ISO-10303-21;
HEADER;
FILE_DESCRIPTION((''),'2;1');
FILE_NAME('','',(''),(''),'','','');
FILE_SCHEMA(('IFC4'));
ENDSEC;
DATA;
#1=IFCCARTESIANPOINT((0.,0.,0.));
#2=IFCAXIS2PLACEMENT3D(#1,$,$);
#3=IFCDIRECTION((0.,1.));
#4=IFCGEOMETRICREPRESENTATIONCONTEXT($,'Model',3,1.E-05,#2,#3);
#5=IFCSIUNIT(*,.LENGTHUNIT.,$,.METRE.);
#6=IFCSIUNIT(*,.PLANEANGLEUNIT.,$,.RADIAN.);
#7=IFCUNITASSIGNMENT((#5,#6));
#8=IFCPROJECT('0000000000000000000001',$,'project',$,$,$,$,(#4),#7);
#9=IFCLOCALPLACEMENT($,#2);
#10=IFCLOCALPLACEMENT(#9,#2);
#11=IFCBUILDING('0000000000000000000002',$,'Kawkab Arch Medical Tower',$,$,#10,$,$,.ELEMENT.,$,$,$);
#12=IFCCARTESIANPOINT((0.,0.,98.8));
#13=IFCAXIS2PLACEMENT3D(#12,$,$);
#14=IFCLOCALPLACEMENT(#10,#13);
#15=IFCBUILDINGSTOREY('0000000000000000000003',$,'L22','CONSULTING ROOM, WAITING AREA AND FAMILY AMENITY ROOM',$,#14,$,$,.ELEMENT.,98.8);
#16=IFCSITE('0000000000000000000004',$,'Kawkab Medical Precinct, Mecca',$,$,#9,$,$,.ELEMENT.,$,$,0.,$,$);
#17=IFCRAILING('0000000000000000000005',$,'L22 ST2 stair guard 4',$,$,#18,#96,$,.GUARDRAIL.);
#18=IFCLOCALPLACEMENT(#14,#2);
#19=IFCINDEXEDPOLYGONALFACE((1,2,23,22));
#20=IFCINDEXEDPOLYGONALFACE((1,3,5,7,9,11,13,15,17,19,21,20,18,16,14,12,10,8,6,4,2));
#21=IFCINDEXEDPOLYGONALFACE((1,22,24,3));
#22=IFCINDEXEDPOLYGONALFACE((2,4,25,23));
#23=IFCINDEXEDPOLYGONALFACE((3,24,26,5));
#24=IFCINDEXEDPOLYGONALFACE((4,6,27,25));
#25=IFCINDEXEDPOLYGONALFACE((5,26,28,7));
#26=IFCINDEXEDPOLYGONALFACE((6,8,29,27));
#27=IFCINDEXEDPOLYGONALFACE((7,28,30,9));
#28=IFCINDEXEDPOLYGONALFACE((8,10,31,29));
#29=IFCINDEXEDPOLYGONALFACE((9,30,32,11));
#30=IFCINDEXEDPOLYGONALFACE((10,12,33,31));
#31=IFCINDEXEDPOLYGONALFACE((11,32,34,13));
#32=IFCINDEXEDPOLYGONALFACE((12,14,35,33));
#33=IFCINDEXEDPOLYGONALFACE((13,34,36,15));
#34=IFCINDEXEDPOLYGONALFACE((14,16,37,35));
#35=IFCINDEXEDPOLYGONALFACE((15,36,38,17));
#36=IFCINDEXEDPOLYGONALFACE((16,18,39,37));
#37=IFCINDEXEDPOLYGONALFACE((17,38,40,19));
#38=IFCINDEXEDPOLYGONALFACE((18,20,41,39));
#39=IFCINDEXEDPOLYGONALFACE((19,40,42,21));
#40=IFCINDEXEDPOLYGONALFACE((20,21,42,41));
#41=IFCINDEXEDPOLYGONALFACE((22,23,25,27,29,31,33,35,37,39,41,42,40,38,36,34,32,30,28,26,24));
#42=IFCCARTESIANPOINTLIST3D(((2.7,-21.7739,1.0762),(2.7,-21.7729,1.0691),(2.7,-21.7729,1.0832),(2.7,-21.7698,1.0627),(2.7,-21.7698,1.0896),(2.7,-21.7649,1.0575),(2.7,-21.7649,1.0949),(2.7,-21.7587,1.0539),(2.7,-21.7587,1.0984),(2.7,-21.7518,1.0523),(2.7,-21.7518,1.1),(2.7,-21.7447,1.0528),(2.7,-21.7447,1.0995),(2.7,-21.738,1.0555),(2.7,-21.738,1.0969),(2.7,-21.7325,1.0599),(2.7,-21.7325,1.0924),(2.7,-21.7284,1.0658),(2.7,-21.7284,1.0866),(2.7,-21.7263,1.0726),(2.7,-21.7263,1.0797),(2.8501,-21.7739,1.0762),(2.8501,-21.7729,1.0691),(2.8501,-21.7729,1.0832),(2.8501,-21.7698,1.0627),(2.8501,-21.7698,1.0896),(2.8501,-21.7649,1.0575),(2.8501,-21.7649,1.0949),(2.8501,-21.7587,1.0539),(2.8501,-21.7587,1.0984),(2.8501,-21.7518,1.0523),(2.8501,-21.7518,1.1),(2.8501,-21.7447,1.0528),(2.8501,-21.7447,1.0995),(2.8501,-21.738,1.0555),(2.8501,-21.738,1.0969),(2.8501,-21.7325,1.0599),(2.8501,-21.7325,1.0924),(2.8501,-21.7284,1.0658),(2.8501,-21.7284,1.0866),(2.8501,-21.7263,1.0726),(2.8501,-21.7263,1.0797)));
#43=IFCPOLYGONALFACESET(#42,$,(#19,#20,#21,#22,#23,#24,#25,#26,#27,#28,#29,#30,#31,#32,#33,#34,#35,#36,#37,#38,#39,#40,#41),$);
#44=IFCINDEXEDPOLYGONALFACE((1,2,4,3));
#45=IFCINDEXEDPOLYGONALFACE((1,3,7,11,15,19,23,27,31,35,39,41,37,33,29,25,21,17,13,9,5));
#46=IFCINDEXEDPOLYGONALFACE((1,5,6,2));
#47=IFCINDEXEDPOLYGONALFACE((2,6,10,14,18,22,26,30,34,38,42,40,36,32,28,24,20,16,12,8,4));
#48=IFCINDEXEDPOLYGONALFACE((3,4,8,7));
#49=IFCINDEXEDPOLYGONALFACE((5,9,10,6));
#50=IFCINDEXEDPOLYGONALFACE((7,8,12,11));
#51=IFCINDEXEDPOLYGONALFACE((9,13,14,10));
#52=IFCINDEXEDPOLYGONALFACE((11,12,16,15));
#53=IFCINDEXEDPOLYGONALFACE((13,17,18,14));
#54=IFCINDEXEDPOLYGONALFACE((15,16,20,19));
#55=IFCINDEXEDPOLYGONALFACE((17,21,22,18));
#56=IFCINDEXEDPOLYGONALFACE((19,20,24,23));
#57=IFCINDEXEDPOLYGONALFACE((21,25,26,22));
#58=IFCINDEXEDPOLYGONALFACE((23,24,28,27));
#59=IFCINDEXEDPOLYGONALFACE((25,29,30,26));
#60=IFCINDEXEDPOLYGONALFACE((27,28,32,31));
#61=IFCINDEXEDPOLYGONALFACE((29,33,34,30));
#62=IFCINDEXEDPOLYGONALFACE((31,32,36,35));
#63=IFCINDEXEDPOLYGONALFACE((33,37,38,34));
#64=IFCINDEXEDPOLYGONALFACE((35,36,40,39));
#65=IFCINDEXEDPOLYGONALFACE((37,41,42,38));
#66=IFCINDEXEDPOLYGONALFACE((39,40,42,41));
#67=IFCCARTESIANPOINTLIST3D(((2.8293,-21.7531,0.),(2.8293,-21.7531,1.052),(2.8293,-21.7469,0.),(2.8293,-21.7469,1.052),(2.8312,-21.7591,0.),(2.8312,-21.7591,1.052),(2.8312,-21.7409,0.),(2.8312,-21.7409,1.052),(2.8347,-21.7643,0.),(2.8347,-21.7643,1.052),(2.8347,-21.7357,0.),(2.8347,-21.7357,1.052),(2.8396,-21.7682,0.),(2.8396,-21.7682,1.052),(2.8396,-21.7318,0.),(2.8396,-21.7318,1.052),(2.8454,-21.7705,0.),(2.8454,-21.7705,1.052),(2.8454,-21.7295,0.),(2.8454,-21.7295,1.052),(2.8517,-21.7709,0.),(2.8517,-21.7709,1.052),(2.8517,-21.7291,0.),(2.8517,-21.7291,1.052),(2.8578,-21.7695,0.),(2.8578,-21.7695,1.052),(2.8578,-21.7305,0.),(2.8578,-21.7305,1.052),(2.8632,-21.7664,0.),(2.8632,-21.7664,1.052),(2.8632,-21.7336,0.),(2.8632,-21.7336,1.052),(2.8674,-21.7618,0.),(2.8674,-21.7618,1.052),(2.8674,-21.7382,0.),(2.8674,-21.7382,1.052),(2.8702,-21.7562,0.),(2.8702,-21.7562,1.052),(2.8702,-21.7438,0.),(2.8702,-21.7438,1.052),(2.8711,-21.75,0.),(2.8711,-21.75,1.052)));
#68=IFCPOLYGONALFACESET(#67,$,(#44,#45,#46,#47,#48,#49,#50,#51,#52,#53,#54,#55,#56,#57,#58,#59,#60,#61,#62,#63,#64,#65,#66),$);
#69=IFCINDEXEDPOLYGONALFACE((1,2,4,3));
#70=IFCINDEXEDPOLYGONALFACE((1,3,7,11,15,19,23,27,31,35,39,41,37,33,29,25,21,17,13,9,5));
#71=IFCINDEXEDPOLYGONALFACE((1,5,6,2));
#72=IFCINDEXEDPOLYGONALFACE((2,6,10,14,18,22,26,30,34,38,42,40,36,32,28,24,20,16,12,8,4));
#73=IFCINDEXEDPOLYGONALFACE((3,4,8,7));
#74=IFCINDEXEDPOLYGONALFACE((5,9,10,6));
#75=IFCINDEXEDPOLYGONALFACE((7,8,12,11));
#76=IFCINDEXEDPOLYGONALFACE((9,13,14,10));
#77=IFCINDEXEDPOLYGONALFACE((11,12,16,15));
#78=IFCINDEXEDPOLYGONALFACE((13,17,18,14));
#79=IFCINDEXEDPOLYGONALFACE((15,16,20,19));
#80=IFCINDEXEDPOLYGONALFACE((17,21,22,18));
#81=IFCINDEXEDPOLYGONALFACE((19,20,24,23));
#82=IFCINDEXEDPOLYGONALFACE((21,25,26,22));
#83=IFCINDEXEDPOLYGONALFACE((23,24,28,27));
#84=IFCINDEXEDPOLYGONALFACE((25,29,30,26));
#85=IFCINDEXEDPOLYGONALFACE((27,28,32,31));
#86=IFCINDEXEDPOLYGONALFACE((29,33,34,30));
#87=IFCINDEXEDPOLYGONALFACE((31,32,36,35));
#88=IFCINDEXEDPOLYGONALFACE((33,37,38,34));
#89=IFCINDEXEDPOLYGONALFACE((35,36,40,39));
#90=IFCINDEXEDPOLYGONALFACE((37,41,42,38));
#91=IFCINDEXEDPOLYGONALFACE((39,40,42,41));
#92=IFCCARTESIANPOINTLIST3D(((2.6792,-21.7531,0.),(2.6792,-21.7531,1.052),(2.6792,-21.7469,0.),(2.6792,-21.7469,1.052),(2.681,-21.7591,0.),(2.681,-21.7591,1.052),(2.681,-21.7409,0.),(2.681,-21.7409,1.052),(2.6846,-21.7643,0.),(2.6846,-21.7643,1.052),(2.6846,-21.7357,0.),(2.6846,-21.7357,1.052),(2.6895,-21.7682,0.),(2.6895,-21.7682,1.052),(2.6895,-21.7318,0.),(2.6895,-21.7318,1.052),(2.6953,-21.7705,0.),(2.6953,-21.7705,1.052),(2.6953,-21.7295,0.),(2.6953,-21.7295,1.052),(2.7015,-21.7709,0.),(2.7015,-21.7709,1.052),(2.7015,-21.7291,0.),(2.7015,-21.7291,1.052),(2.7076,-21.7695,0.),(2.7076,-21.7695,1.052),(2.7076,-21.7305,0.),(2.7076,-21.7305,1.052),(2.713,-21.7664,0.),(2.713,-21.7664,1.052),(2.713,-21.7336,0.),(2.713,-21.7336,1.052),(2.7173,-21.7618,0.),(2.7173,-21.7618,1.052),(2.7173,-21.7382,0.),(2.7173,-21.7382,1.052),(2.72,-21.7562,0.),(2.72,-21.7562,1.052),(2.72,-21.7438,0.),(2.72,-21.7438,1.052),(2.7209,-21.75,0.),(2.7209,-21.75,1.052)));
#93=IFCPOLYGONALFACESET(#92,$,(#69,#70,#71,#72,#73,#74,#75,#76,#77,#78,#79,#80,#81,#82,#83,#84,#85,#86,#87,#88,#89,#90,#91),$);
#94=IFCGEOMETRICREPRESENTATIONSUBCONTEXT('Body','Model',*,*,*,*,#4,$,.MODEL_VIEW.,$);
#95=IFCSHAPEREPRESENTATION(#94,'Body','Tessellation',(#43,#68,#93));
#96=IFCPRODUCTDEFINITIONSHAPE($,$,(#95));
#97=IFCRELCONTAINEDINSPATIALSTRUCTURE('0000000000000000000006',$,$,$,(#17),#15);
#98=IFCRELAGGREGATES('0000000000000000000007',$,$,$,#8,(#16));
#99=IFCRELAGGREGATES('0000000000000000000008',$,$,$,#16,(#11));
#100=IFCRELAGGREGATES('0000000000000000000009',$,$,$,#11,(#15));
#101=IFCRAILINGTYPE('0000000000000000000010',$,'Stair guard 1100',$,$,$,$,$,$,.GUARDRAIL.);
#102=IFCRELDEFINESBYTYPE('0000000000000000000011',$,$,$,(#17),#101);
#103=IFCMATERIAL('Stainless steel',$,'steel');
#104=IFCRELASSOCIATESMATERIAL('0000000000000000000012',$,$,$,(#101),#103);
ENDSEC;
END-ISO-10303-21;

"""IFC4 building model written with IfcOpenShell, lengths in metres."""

from ifc_helpers import new_model, si_unit, direction, frame, origin, origin_2d, place, context, subcontext, project, spatial, circle, extrude, material, type_object, element, save


model = new_model("IFC4")

# Units and contexts
model_context = context("Model", 3, precision=1e-05, world=origin(), true_north=direction((0.0, 1.0)))
body_context = subcontext(model_context, "Body", "Model", "MODEL_VIEW")
ifc_project = project(units=[si_unit("LENGTHUNIT", "METRE"), si_unit("PLANEANGLEUNIT", "RADIAN")], contexts=[model_context])

# Site, building, storey
site_placement = place(None, origin())
site = spatial("IfcSite", under=ifc_project, at=site_placement, Name="Kawkab Medical Precinct, Mecca", CompositionType="ELEMENT", RefElevation=0.0)
building_placement = place(site_placement, origin())
building = spatial("IfcBuilding", under=site, at=building_placement, Name="Kawkab Arch Medical Tower", CompositionType="ELEMENT")
storey_placement = place(building_placement, frame((0.0, 0.0, 98.8)))
storey = spatial("IfcBuildingStorey", under=building, at=storey_placement, Name="L22", Description="CONSULTING ROOM, WAITING AREA AND FAMILY AMENITY ROOM", CompositionType="ELEMENT", Elevation=98.8)

# Railing
ifc_material_1 = material(Name="Stainless steel", Category="steel")
railing_type = type_object("IfcRailingType", Name="Stair guard 1100", PredefinedType="GUARDRAIL", material=ifc_material_1)
railing_1_placement = place(storey_placement, frame((2.8501, -21.75, 0.0)))
element("IfcRailing", 1, at=railing_1_placement, inside=storey, type_object=railing_type, Name="L22 ST2 stair guard 4", PredefinedType="GUARDRAIL", context=body_context, shape_type="SweptSolid", body=[
    extrude(circle(Radius=0.0239, at=origin_2d()), frame((0.0, 0.0, 1.0762), z_axis=(-1.0, 0.0, 0.0), x_axis=(0.0, -1.0, 0.0)), (0.0, 0.0, 1.0), 0.1501),
    extrude(circle(Radius=0.021, at=origin_2d()), origin(), (0.0, 0.0, 1.0), 1.052),
    extrude(circle(Radius=0.021, at=origin_2d()), frame((-0.1501, 0.0, 0.0)), (0.0, 0.0, 1.0), 1.052),
])

save(model, "model.ifc")
